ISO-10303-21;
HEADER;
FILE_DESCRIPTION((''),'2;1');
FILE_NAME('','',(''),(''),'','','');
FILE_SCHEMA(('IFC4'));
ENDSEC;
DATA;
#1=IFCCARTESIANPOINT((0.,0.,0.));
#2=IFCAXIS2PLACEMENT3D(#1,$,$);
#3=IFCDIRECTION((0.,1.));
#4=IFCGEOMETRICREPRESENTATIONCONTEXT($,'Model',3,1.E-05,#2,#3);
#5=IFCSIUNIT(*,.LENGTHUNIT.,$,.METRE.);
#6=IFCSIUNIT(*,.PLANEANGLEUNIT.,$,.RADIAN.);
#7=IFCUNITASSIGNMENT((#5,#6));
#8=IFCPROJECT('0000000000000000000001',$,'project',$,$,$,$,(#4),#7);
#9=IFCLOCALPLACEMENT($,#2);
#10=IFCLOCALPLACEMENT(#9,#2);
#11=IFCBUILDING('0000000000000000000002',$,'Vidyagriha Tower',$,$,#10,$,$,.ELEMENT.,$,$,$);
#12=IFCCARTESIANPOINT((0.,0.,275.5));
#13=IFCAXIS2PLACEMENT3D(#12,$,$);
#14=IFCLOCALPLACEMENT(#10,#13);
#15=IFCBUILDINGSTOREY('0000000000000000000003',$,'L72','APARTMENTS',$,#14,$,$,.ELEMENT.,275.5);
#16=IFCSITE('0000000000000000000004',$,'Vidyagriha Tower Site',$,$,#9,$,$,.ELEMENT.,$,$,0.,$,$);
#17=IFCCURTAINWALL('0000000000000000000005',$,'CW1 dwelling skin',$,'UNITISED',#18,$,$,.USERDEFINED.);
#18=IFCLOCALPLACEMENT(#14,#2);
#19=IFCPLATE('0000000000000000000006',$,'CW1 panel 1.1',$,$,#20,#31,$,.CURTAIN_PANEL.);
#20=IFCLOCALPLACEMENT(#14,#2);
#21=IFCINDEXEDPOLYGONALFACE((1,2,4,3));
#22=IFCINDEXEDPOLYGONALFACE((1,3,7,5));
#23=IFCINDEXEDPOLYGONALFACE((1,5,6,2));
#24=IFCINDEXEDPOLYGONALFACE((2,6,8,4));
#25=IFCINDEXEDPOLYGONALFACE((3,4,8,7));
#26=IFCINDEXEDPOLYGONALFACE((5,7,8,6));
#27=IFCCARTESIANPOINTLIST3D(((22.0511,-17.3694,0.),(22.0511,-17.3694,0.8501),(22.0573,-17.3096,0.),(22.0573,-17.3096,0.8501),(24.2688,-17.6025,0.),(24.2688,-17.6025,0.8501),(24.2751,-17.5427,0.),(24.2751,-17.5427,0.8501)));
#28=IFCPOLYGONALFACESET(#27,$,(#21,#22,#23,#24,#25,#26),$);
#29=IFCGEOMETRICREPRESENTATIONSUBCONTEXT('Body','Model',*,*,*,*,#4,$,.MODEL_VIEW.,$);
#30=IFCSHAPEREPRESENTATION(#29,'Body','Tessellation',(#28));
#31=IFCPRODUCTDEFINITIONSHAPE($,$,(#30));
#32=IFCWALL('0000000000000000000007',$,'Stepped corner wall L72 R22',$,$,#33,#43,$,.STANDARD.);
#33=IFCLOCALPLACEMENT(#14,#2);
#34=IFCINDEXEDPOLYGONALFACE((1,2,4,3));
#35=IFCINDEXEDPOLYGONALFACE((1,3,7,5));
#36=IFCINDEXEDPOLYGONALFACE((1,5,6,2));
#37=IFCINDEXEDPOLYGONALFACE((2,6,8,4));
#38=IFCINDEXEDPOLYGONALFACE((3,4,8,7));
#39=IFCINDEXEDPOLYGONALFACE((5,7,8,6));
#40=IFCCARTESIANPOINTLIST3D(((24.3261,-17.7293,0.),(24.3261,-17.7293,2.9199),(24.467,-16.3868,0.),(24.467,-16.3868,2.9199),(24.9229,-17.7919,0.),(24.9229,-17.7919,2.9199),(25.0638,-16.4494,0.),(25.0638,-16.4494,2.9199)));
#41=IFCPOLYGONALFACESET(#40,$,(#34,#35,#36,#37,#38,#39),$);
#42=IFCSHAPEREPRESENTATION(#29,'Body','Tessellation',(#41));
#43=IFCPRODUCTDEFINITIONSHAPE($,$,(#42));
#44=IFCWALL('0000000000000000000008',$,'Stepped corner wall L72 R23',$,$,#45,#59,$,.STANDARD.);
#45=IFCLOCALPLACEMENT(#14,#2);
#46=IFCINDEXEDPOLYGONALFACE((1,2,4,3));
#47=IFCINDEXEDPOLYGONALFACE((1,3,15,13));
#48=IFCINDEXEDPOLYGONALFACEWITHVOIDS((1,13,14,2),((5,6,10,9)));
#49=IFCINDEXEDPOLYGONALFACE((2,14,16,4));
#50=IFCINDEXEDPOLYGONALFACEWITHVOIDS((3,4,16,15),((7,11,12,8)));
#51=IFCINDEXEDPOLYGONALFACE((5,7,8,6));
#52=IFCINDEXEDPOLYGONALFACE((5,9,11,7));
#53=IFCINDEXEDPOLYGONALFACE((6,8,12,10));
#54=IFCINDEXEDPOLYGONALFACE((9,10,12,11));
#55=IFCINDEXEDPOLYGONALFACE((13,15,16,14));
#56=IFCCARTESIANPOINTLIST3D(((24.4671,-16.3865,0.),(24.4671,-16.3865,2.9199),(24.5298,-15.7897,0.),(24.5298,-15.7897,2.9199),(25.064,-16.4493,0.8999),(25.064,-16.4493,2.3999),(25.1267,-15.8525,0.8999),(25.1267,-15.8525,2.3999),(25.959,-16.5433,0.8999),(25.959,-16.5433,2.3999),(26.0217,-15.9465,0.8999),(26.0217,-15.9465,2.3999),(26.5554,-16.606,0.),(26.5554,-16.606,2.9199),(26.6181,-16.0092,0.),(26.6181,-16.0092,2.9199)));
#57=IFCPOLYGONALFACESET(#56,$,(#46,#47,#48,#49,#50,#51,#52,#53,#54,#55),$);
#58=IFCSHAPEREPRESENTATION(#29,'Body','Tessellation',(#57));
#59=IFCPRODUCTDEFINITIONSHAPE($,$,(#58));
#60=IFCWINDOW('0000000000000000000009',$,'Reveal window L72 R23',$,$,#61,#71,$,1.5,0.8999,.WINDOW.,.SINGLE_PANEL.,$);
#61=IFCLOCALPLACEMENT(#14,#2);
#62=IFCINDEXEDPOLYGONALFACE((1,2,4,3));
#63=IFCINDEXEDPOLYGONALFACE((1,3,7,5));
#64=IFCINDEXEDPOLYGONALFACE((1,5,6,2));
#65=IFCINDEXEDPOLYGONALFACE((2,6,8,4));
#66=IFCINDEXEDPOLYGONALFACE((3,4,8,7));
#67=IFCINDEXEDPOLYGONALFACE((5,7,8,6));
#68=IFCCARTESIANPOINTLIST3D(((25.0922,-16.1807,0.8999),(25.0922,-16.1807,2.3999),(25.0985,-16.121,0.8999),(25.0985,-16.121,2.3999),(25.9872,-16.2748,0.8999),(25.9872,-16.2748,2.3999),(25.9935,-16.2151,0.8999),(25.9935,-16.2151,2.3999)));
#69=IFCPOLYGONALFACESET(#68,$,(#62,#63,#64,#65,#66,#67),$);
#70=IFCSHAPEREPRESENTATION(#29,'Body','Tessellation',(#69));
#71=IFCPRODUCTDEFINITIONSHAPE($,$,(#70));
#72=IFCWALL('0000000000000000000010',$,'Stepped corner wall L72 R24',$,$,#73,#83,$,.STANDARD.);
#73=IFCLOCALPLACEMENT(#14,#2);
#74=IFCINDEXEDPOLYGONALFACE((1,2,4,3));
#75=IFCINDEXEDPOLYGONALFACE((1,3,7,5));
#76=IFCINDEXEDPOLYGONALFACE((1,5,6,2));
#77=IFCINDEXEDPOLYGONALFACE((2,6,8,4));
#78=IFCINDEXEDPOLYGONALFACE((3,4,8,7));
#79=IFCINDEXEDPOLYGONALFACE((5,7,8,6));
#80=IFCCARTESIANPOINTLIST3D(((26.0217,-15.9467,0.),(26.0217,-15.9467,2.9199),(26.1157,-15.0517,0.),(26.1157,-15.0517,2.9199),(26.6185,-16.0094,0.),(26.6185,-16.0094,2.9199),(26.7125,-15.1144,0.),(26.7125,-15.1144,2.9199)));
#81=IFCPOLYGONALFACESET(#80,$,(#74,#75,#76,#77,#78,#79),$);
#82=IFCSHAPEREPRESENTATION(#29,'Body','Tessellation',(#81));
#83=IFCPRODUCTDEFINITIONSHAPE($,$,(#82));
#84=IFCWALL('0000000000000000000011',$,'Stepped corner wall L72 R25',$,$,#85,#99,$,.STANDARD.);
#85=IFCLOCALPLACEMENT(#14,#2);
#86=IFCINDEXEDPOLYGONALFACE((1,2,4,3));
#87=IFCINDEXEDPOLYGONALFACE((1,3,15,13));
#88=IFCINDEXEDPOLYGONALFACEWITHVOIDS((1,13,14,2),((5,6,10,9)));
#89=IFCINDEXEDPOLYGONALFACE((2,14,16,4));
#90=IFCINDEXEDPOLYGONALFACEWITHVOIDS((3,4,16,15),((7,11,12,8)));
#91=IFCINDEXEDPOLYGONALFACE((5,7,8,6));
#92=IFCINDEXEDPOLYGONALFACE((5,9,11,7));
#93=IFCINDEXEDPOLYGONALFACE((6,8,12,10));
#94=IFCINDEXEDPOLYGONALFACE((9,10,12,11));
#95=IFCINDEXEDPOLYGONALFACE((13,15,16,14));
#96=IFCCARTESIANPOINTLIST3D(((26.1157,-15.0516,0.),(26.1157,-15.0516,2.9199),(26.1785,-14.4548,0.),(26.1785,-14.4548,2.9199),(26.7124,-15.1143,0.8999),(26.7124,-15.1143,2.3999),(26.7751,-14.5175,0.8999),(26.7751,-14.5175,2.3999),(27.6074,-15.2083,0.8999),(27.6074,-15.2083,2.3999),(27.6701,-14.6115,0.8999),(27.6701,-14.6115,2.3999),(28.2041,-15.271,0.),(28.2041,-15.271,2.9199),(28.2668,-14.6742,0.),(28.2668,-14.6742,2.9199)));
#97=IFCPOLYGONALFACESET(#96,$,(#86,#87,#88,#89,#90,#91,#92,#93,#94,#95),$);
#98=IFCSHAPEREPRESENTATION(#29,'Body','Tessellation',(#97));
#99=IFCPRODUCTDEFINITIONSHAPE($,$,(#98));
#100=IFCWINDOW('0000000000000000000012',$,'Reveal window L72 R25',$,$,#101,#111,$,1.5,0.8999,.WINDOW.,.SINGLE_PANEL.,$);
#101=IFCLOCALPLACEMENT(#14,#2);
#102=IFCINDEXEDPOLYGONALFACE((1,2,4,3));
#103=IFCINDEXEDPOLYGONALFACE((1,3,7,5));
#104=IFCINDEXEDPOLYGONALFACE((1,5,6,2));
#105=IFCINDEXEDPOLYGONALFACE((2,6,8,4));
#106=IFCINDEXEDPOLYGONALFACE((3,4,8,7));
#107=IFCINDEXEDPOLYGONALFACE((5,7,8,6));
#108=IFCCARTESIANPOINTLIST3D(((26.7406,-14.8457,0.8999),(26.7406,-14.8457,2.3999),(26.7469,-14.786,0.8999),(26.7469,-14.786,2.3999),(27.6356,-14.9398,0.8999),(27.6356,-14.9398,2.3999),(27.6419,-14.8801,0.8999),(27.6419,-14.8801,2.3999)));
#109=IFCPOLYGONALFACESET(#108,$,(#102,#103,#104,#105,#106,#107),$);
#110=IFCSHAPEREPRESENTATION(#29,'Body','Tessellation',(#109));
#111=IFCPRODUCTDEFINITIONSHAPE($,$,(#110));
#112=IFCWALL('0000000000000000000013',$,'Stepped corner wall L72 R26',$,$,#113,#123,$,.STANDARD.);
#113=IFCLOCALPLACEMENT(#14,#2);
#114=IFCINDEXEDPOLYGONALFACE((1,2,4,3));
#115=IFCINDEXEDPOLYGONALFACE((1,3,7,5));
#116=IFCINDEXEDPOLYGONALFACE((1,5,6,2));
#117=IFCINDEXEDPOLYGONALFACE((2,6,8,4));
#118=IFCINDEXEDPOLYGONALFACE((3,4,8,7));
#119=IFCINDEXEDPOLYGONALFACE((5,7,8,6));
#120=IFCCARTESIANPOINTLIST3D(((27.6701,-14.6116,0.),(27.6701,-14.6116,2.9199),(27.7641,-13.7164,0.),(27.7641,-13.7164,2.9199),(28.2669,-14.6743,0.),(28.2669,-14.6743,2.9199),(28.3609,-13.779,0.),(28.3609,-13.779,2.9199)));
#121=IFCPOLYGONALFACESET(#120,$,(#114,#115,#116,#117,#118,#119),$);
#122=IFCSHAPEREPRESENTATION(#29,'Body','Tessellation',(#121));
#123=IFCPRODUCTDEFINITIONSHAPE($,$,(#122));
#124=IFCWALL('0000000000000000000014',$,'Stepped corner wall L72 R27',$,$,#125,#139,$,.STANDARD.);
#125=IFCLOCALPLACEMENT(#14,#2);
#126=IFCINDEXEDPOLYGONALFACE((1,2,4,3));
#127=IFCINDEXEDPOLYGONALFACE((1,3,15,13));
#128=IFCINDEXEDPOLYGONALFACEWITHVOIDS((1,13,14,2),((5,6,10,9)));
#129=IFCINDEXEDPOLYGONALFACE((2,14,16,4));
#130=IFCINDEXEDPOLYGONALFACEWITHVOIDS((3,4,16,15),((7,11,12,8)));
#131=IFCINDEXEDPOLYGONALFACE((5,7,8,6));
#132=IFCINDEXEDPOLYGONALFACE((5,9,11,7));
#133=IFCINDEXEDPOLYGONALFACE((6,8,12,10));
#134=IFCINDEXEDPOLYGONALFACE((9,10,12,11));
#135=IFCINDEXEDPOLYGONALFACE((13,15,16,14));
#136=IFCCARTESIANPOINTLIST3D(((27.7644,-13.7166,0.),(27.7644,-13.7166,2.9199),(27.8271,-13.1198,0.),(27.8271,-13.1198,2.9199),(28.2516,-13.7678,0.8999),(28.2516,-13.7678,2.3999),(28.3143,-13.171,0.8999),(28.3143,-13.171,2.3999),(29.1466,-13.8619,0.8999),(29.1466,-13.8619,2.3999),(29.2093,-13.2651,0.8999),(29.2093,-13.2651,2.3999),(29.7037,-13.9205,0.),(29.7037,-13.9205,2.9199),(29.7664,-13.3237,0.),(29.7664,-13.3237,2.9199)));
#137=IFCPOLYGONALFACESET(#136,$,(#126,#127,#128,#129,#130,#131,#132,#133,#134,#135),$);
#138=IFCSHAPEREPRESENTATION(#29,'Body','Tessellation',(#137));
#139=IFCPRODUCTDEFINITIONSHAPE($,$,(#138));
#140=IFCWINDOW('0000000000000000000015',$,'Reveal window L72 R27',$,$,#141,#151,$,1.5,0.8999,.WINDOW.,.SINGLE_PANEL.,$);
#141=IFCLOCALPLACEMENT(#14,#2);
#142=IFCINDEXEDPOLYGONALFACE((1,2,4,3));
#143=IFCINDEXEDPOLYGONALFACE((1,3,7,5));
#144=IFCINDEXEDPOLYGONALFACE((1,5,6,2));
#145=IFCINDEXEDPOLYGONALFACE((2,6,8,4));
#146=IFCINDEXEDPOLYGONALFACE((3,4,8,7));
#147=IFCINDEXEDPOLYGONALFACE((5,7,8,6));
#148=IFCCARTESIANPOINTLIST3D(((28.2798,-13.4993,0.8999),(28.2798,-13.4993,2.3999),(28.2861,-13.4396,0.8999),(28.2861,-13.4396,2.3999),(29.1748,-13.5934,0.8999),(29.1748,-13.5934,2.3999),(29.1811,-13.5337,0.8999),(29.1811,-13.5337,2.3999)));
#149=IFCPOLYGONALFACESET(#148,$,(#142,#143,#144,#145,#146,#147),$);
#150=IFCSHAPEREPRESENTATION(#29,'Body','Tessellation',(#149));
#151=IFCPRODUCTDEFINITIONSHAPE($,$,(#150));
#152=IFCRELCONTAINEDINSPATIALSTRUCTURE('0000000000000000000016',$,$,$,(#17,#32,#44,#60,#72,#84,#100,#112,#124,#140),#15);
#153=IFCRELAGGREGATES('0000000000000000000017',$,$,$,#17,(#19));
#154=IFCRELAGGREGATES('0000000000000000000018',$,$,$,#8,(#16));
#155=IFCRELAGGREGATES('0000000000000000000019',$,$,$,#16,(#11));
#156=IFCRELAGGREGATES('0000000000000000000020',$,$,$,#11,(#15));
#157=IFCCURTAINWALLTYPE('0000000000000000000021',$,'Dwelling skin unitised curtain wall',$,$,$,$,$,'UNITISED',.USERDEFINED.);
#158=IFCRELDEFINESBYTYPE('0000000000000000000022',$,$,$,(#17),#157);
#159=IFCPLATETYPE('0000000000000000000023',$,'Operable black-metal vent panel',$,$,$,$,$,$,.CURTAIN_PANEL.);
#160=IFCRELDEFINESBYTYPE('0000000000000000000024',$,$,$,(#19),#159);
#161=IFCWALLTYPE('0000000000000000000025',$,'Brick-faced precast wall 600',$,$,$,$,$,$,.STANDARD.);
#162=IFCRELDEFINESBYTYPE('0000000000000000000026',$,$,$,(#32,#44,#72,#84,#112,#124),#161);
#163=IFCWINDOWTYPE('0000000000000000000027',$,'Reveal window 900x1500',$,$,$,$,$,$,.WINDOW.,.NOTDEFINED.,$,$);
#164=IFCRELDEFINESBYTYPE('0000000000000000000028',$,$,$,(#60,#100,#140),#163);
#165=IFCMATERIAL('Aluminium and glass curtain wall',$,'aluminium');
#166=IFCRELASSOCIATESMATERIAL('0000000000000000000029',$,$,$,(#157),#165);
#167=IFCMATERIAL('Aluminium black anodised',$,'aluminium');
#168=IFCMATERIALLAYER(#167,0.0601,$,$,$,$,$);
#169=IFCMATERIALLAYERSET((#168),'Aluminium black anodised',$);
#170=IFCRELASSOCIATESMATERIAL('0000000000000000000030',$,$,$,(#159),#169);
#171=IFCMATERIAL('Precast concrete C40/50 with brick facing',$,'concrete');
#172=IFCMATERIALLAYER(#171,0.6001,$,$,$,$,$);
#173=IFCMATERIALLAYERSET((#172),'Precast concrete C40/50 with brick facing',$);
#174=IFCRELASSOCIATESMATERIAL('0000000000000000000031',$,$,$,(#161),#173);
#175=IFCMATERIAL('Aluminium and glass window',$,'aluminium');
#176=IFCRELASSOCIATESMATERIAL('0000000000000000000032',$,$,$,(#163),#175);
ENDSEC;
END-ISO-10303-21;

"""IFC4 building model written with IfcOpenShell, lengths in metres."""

from ifc_helpers import new_model, si_unit, direction, frame, frame_2d, origin, origin_2d, place, context, subcontext, project, spatial, rectangle, extrude, material, layer, layer_set, type_object, element, fill, aggregate, save


model = new_model("IFC4")

# Units and contexts
model_context = context("Model", 3, precision=1e-05, world=origin(), true_north=direction((0.0, 1.0)))
body_context = subcontext(model_context, "Body", "Model", "MODEL_VIEW")
ifc_project = project(units=[si_unit("LENGTHUNIT", "METRE"), si_unit("PLANEANGLEUNIT", "RADIAN")], contexts=[model_context])

# Site, building, storey
site_placement = place(None, origin())
site = spatial("IfcSite", under=ifc_project, at=site_placement, Name="Vidyagriha Tower Site", CompositionType="ELEMENT", RefElevation=0.0)
building_placement = place(site_placement, origin())
building = spatial("IfcBuilding", under=site, at=building_placement, Name="Vidyagriha Tower", CompositionType="ELEMENT")
storey_placement = place(building_placement, frame((0.0, 0.0, 275.5)))
storey = spatial("IfcBuildingStorey", under=building, at=storey_placement, Name="L72", Description="APARTMENTS", CompositionType="ELEMENT", Elevation=275.5)

# Curtain wall
ifc_material_1 = material(Name="Aluminium and glass curtain wall", Category="aluminium")
curtain_wall_type = type_object("IfcCurtainWallType", Name="Dwelling skin unitised curtain wall", ElementType="UNITISED", PredefinedType="USERDEFINED", material=ifc_material_1)
curtain_wall_1_placement = place(storey_placement, origin())
curtain_wall_1 = element("IfcCurtainWall", 1, at=curtain_wall_1_placement, inside=storey, type_object=curtain_wall_type, Name="CW1 dwelling skin", ObjectType="UNITISED", PredefinedType="USERDEFINED")

# Plate
ifc_material_2 = material(Name="Aluminium black anodised", Category="aluminium")
ifc_layer_1 = layer(ifc_material_2, 0.0601)
ifc_layer_set_1 = layer_set([ifc_layer_1], Name="Aluminium black anodised")
plate_type_1 = type_object("IfcPlateType", Name="Operable black-metal vent panel", PredefinedType="CURTAIN_PANEL", material=ifc_layer_set_1)
plate_1_placement = place(storey_placement, frame((23.1631, -17.4561, 0.0), z_axis=(0.0, 0.0, 1.0), x_axis=(0.994523, -0.104522, 0.0)))
plate_1 = element("IfcPlate", 2, at=plate_1_placement, type_object=plate_type_1, Name="CW1 panel 1.1", PredefinedType="CURTAIN_PANEL", context=body_context, shape_type="SweptSolid", body=[
    extrude(rectangle(XDim=2.23, YDim=0.0601, at=origin_2d()), origin(), (0.0, 0.0, 1.0), 0.8501),
])
aggregate(curtain_wall_1, [plate_1])

# Wall
ifc_material_3 = material(Name="Precast concrete C40/50 with brick facing", Category="concrete")
ifc_layer_2 = layer(ifc_material_3, 0.6001)
ifc_layer_set_2 = layer_set([ifc_layer_2], Name="Precast concrete C40/50 with brick facing")
wall_type = type_object("IfcWallType", Name="Brick-faced precast wall 600", PredefinedType="STANDARD", material=ifc_layer_set_2)
wall_1_placement = place(storey_placement, frame((24.6245, -17.7605, 0.0), z_axis=(0.0, 0.0, 1.0), x_axis=(0.104355, 0.99454, 0.0)))
element("IfcWall", 3, at=wall_1_placement, inside=storey, type_object=wall_type, Name="Stepped corner wall L72 R22", PredefinedType="STANDARD", context=body_context, shape_type="SweptSolid", body=[
    extrude(rectangle(XDim=1.3499, YDim=0.6001, at=frame_2d((0.6748, 0.0))), origin(), (0.0, 0.0, 1.0), 2.9199),
])

# Wall, opening, window
wall_2_placement = place(storey_placement, frame((24.4985, -16.0881, 0.0), z_axis=(0.0, 0.0, 1.0), x_axis=(0.994523, -0.104521, 0.0)))
wall_2 = element("IfcWall", 4, at=wall_2_placement, inside=storey, type_object=wall_type, Name="Stepped corner wall L72 R23", PredefinedType="STANDARD", context=body_context, shape_type="SweptSolid", body=[
    extrude(rectangle(XDim=2.0999, YDim=0.6001, at=frame_2d((1.0498, 0.0))), origin(), (0.0, 0.0, 1.0), 2.9199),
])
opening_1_placement = place(wall_2_placement, frame((0.6001, 0.0, 0.8999)))
opening_1 = element("IfcOpeningElement", 5, at=opening_1_placement, cuts=wall_2, PredefinedType="OPENING", context=body_context, shape_type="SweptSolid", body=[
    extrude(rectangle(XDim=0.8999, YDim=1.5, at=frame_2d((0.45, 0.75))), frame((0.0, 0.3101, 0.0), z_axis=(0.0, -1.0, 0.0), x_axis=(1.0, 0.0, 0.0)), (0.0, 0.0, 1.0), 0.6201),
])
ifc_material_4 = material(Name="Aluminium and glass window", Category="aluminium")
window_type = type_object("IfcWindowType", Name="Reveal window 900x1500", PartitioningType="NOTDEFINED", PredefinedType="WINDOW", material=ifc_material_4)
window_1_placement = place(opening_1_placement, origin())
window_1 = element("IfcWindow", 6, at=window_1_placement, inside=storey, type_object=window_type, Name="Reveal window L72 R23", OverallHeight=1.5, OverallWidth=0.8999, PartitioningType="SINGLE_PANEL", PredefinedType="WINDOW", context=body_context, shape_type="SweptSolid", body=[
    extrude(rectangle(XDim=0.8999, YDim=1.5, at=frame_2d((0.45, 0.75))), frame((0.0, 0.03, 0.0), z_axis=(0.0, -1.0, 0.0), x_axis=(1.0, 0.0, 0.0)), (0.0, 0.0, 1.0), 0.0601),
])
fill(opening_1, window_1)

# Wall
wall_3_placement = place(storey_placement, frame((26.3201, -15.978, 0.0), z_axis=(0.0, 0.0, 1.0), x_axis=(0.104445, 0.994531, 0.0)))
element("IfcWall", 7, at=wall_3_placement, inside=storey, type_object=wall_type, Name="Stepped corner wall L72 R24", PredefinedType="STANDARD", context=body_context, shape_type="SweptSolid", body=[
    extrude(rectangle(XDim=0.8999, YDim=0.6001, at=frame_2d((0.45, 0.0))), origin(), (0.0, 0.0, 1.0), 2.9199),
])

# Wall, opening, window
wall_4_placement = place(storey_placement, frame((26.1472, -14.7532, 0.0), z_axis=(0.0, 0.0, 1.0), x_axis=(0.994523, -0.104521, 0.0)))
wall_4 = element("IfcWall", 8, at=wall_4_placement, inside=storey, type_object=wall_type, Name="Stepped corner wall L72 R25", PredefinedType="STANDARD", context=body_context, shape_type="SweptSolid", body=[
    extrude(rectangle(XDim=2.0999, YDim=0.6001, at=frame_2d((1.0498, 0.0))), origin(), (0.0, 0.0, 1.0), 2.9199),
])
opening_2_placement = place(wall_4_placement, frame((0.5999, 0.0, 0.8999)))
opening_2 = element("IfcOpeningElement", 9, at=opening_2_placement, cuts=wall_4, PredefinedType="OPENING", context=body_context, shape_type="SweptSolid", body=[
    extrude(rectangle(XDim=0.8999, YDim=1.5, at=frame_2d((0.45, 0.75))), frame((0.0, 0.3101, 0.0), z_axis=(0.0, -1.0, 0.0), x_axis=(1.0, 0.0, 0.0)), (0.0, 0.0, 1.0), 0.6201),
])
window_2_placement = place(opening_2_placement, origin())
window_2 = element("IfcWindow", 10, at=window_2_placement, inside=storey, type_object=window_type, Name="Reveal window L72 R25", OverallHeight=1.5, OverallWidth=0.8999, PartitioningType="SINGLE_PANEL", PredefinedType="WINDOW", context=body_context, shape_type="SweptSolid", body=[
    extrude(rectangle(XDim=0.8999, YDim=1.5, at=frame_2d((0.45, 0.75))), frame((0.0, 0.03, 0.0), z_axis=(0.0, -1.0, 0.0), x_axis=(1.0, 0.0, 0.0)), (0.0, 0.0, 1.0), 0.0601),
])
fill(opening_2, window_2)

# Wall
wall_5_placement = place(storey_placement, frame((27.9685, -14.6431, 0.0), z_axis=(0.0, 0.0, 1.0), x_axis=(0.104417, 0.994534, 0.0)))
element("IfcWall", 11, at=wall_5_placement, inside=storey, type_object=wall_type, Name="Stepped corner wall L72 R26", PredefinedType="STANDARD", context=body_context, shape_type="SweptSolid", body=[
    extrude(rectangle(XDim=0.9001, YDim=0.6001, at=frame_2d((0.4502, 0.0))), origin(), (0.0, 0.0, 1.0), 2.9199),
])

# Wall, opening, window
wall_6_placement = place(storey_placement, frame((27.7957, -13.4182, 0.0), z_axis=(0.0, 0.0, 1.0), x_axis=(0.99452, -0.104548, 0.0)))
wall_6 = element("IfcWall", 12, at=wall_6_placement, inside=storey, type_object=wall_type, Name="Stepped corner wall L72 R27", PredefinedType="STANDARD", context=body_context, shape_type="SweptSolid", body=[
    extrude(rectangle(XDim=1.95, YDim=0.6001, at=frame_2d((0.9751, 0.0))), origin(), (0.0, 0.0, 1.0), 2.9199),
])
opening_3_placement = place(wall_6_placement, frame((0.49, 0.0, 0.8999)))
opening_3 = element("IfcOpeningElement", 13, at=opening_3_placement, cuts=wall_6, PredefinedType="OPENING", context=body_context, shape_type="SweptSolid", body=[
    extrude(rectangle(XDim=0.8999, YDim=1.5, at=frame_2d((0.45, 0.75))), frame((0.0, 0.3101, 0.0), z_axis=(0.0, -1.0, 0.0), x_axis=(1.0, 0.0, 0.0)), (0.0, 0.0, 1.0), 0.6201),
])
window_3_placement = place(opening_3_placement, origin())
window_3 = element("IfcWindow", 14, at=window_3_placement, inside=storey, type_object=window_type, Name="Reveal window L72 R27", OverallHeight=1.5, OverallWidth=0.8999, PartitioningType="SINGLE_PANEL", PredefinedType="WINDOW", context=body_context, shape_type="SweptSolid", body=[
    extrude(rectangle(XDim=0.8999, YDim=1.5, at=frame_2d((0.45, 0.75))), frame((0.0, 0.03, 0.0), z_axis=(0.0, -1.0, 0.0), x_axis=(1.0, 0.0, 0.0)), (0.0, 0.0, 1.0), 0.0601),
])
fill(opening_3, window_3)

save(model, "model.ifc")
